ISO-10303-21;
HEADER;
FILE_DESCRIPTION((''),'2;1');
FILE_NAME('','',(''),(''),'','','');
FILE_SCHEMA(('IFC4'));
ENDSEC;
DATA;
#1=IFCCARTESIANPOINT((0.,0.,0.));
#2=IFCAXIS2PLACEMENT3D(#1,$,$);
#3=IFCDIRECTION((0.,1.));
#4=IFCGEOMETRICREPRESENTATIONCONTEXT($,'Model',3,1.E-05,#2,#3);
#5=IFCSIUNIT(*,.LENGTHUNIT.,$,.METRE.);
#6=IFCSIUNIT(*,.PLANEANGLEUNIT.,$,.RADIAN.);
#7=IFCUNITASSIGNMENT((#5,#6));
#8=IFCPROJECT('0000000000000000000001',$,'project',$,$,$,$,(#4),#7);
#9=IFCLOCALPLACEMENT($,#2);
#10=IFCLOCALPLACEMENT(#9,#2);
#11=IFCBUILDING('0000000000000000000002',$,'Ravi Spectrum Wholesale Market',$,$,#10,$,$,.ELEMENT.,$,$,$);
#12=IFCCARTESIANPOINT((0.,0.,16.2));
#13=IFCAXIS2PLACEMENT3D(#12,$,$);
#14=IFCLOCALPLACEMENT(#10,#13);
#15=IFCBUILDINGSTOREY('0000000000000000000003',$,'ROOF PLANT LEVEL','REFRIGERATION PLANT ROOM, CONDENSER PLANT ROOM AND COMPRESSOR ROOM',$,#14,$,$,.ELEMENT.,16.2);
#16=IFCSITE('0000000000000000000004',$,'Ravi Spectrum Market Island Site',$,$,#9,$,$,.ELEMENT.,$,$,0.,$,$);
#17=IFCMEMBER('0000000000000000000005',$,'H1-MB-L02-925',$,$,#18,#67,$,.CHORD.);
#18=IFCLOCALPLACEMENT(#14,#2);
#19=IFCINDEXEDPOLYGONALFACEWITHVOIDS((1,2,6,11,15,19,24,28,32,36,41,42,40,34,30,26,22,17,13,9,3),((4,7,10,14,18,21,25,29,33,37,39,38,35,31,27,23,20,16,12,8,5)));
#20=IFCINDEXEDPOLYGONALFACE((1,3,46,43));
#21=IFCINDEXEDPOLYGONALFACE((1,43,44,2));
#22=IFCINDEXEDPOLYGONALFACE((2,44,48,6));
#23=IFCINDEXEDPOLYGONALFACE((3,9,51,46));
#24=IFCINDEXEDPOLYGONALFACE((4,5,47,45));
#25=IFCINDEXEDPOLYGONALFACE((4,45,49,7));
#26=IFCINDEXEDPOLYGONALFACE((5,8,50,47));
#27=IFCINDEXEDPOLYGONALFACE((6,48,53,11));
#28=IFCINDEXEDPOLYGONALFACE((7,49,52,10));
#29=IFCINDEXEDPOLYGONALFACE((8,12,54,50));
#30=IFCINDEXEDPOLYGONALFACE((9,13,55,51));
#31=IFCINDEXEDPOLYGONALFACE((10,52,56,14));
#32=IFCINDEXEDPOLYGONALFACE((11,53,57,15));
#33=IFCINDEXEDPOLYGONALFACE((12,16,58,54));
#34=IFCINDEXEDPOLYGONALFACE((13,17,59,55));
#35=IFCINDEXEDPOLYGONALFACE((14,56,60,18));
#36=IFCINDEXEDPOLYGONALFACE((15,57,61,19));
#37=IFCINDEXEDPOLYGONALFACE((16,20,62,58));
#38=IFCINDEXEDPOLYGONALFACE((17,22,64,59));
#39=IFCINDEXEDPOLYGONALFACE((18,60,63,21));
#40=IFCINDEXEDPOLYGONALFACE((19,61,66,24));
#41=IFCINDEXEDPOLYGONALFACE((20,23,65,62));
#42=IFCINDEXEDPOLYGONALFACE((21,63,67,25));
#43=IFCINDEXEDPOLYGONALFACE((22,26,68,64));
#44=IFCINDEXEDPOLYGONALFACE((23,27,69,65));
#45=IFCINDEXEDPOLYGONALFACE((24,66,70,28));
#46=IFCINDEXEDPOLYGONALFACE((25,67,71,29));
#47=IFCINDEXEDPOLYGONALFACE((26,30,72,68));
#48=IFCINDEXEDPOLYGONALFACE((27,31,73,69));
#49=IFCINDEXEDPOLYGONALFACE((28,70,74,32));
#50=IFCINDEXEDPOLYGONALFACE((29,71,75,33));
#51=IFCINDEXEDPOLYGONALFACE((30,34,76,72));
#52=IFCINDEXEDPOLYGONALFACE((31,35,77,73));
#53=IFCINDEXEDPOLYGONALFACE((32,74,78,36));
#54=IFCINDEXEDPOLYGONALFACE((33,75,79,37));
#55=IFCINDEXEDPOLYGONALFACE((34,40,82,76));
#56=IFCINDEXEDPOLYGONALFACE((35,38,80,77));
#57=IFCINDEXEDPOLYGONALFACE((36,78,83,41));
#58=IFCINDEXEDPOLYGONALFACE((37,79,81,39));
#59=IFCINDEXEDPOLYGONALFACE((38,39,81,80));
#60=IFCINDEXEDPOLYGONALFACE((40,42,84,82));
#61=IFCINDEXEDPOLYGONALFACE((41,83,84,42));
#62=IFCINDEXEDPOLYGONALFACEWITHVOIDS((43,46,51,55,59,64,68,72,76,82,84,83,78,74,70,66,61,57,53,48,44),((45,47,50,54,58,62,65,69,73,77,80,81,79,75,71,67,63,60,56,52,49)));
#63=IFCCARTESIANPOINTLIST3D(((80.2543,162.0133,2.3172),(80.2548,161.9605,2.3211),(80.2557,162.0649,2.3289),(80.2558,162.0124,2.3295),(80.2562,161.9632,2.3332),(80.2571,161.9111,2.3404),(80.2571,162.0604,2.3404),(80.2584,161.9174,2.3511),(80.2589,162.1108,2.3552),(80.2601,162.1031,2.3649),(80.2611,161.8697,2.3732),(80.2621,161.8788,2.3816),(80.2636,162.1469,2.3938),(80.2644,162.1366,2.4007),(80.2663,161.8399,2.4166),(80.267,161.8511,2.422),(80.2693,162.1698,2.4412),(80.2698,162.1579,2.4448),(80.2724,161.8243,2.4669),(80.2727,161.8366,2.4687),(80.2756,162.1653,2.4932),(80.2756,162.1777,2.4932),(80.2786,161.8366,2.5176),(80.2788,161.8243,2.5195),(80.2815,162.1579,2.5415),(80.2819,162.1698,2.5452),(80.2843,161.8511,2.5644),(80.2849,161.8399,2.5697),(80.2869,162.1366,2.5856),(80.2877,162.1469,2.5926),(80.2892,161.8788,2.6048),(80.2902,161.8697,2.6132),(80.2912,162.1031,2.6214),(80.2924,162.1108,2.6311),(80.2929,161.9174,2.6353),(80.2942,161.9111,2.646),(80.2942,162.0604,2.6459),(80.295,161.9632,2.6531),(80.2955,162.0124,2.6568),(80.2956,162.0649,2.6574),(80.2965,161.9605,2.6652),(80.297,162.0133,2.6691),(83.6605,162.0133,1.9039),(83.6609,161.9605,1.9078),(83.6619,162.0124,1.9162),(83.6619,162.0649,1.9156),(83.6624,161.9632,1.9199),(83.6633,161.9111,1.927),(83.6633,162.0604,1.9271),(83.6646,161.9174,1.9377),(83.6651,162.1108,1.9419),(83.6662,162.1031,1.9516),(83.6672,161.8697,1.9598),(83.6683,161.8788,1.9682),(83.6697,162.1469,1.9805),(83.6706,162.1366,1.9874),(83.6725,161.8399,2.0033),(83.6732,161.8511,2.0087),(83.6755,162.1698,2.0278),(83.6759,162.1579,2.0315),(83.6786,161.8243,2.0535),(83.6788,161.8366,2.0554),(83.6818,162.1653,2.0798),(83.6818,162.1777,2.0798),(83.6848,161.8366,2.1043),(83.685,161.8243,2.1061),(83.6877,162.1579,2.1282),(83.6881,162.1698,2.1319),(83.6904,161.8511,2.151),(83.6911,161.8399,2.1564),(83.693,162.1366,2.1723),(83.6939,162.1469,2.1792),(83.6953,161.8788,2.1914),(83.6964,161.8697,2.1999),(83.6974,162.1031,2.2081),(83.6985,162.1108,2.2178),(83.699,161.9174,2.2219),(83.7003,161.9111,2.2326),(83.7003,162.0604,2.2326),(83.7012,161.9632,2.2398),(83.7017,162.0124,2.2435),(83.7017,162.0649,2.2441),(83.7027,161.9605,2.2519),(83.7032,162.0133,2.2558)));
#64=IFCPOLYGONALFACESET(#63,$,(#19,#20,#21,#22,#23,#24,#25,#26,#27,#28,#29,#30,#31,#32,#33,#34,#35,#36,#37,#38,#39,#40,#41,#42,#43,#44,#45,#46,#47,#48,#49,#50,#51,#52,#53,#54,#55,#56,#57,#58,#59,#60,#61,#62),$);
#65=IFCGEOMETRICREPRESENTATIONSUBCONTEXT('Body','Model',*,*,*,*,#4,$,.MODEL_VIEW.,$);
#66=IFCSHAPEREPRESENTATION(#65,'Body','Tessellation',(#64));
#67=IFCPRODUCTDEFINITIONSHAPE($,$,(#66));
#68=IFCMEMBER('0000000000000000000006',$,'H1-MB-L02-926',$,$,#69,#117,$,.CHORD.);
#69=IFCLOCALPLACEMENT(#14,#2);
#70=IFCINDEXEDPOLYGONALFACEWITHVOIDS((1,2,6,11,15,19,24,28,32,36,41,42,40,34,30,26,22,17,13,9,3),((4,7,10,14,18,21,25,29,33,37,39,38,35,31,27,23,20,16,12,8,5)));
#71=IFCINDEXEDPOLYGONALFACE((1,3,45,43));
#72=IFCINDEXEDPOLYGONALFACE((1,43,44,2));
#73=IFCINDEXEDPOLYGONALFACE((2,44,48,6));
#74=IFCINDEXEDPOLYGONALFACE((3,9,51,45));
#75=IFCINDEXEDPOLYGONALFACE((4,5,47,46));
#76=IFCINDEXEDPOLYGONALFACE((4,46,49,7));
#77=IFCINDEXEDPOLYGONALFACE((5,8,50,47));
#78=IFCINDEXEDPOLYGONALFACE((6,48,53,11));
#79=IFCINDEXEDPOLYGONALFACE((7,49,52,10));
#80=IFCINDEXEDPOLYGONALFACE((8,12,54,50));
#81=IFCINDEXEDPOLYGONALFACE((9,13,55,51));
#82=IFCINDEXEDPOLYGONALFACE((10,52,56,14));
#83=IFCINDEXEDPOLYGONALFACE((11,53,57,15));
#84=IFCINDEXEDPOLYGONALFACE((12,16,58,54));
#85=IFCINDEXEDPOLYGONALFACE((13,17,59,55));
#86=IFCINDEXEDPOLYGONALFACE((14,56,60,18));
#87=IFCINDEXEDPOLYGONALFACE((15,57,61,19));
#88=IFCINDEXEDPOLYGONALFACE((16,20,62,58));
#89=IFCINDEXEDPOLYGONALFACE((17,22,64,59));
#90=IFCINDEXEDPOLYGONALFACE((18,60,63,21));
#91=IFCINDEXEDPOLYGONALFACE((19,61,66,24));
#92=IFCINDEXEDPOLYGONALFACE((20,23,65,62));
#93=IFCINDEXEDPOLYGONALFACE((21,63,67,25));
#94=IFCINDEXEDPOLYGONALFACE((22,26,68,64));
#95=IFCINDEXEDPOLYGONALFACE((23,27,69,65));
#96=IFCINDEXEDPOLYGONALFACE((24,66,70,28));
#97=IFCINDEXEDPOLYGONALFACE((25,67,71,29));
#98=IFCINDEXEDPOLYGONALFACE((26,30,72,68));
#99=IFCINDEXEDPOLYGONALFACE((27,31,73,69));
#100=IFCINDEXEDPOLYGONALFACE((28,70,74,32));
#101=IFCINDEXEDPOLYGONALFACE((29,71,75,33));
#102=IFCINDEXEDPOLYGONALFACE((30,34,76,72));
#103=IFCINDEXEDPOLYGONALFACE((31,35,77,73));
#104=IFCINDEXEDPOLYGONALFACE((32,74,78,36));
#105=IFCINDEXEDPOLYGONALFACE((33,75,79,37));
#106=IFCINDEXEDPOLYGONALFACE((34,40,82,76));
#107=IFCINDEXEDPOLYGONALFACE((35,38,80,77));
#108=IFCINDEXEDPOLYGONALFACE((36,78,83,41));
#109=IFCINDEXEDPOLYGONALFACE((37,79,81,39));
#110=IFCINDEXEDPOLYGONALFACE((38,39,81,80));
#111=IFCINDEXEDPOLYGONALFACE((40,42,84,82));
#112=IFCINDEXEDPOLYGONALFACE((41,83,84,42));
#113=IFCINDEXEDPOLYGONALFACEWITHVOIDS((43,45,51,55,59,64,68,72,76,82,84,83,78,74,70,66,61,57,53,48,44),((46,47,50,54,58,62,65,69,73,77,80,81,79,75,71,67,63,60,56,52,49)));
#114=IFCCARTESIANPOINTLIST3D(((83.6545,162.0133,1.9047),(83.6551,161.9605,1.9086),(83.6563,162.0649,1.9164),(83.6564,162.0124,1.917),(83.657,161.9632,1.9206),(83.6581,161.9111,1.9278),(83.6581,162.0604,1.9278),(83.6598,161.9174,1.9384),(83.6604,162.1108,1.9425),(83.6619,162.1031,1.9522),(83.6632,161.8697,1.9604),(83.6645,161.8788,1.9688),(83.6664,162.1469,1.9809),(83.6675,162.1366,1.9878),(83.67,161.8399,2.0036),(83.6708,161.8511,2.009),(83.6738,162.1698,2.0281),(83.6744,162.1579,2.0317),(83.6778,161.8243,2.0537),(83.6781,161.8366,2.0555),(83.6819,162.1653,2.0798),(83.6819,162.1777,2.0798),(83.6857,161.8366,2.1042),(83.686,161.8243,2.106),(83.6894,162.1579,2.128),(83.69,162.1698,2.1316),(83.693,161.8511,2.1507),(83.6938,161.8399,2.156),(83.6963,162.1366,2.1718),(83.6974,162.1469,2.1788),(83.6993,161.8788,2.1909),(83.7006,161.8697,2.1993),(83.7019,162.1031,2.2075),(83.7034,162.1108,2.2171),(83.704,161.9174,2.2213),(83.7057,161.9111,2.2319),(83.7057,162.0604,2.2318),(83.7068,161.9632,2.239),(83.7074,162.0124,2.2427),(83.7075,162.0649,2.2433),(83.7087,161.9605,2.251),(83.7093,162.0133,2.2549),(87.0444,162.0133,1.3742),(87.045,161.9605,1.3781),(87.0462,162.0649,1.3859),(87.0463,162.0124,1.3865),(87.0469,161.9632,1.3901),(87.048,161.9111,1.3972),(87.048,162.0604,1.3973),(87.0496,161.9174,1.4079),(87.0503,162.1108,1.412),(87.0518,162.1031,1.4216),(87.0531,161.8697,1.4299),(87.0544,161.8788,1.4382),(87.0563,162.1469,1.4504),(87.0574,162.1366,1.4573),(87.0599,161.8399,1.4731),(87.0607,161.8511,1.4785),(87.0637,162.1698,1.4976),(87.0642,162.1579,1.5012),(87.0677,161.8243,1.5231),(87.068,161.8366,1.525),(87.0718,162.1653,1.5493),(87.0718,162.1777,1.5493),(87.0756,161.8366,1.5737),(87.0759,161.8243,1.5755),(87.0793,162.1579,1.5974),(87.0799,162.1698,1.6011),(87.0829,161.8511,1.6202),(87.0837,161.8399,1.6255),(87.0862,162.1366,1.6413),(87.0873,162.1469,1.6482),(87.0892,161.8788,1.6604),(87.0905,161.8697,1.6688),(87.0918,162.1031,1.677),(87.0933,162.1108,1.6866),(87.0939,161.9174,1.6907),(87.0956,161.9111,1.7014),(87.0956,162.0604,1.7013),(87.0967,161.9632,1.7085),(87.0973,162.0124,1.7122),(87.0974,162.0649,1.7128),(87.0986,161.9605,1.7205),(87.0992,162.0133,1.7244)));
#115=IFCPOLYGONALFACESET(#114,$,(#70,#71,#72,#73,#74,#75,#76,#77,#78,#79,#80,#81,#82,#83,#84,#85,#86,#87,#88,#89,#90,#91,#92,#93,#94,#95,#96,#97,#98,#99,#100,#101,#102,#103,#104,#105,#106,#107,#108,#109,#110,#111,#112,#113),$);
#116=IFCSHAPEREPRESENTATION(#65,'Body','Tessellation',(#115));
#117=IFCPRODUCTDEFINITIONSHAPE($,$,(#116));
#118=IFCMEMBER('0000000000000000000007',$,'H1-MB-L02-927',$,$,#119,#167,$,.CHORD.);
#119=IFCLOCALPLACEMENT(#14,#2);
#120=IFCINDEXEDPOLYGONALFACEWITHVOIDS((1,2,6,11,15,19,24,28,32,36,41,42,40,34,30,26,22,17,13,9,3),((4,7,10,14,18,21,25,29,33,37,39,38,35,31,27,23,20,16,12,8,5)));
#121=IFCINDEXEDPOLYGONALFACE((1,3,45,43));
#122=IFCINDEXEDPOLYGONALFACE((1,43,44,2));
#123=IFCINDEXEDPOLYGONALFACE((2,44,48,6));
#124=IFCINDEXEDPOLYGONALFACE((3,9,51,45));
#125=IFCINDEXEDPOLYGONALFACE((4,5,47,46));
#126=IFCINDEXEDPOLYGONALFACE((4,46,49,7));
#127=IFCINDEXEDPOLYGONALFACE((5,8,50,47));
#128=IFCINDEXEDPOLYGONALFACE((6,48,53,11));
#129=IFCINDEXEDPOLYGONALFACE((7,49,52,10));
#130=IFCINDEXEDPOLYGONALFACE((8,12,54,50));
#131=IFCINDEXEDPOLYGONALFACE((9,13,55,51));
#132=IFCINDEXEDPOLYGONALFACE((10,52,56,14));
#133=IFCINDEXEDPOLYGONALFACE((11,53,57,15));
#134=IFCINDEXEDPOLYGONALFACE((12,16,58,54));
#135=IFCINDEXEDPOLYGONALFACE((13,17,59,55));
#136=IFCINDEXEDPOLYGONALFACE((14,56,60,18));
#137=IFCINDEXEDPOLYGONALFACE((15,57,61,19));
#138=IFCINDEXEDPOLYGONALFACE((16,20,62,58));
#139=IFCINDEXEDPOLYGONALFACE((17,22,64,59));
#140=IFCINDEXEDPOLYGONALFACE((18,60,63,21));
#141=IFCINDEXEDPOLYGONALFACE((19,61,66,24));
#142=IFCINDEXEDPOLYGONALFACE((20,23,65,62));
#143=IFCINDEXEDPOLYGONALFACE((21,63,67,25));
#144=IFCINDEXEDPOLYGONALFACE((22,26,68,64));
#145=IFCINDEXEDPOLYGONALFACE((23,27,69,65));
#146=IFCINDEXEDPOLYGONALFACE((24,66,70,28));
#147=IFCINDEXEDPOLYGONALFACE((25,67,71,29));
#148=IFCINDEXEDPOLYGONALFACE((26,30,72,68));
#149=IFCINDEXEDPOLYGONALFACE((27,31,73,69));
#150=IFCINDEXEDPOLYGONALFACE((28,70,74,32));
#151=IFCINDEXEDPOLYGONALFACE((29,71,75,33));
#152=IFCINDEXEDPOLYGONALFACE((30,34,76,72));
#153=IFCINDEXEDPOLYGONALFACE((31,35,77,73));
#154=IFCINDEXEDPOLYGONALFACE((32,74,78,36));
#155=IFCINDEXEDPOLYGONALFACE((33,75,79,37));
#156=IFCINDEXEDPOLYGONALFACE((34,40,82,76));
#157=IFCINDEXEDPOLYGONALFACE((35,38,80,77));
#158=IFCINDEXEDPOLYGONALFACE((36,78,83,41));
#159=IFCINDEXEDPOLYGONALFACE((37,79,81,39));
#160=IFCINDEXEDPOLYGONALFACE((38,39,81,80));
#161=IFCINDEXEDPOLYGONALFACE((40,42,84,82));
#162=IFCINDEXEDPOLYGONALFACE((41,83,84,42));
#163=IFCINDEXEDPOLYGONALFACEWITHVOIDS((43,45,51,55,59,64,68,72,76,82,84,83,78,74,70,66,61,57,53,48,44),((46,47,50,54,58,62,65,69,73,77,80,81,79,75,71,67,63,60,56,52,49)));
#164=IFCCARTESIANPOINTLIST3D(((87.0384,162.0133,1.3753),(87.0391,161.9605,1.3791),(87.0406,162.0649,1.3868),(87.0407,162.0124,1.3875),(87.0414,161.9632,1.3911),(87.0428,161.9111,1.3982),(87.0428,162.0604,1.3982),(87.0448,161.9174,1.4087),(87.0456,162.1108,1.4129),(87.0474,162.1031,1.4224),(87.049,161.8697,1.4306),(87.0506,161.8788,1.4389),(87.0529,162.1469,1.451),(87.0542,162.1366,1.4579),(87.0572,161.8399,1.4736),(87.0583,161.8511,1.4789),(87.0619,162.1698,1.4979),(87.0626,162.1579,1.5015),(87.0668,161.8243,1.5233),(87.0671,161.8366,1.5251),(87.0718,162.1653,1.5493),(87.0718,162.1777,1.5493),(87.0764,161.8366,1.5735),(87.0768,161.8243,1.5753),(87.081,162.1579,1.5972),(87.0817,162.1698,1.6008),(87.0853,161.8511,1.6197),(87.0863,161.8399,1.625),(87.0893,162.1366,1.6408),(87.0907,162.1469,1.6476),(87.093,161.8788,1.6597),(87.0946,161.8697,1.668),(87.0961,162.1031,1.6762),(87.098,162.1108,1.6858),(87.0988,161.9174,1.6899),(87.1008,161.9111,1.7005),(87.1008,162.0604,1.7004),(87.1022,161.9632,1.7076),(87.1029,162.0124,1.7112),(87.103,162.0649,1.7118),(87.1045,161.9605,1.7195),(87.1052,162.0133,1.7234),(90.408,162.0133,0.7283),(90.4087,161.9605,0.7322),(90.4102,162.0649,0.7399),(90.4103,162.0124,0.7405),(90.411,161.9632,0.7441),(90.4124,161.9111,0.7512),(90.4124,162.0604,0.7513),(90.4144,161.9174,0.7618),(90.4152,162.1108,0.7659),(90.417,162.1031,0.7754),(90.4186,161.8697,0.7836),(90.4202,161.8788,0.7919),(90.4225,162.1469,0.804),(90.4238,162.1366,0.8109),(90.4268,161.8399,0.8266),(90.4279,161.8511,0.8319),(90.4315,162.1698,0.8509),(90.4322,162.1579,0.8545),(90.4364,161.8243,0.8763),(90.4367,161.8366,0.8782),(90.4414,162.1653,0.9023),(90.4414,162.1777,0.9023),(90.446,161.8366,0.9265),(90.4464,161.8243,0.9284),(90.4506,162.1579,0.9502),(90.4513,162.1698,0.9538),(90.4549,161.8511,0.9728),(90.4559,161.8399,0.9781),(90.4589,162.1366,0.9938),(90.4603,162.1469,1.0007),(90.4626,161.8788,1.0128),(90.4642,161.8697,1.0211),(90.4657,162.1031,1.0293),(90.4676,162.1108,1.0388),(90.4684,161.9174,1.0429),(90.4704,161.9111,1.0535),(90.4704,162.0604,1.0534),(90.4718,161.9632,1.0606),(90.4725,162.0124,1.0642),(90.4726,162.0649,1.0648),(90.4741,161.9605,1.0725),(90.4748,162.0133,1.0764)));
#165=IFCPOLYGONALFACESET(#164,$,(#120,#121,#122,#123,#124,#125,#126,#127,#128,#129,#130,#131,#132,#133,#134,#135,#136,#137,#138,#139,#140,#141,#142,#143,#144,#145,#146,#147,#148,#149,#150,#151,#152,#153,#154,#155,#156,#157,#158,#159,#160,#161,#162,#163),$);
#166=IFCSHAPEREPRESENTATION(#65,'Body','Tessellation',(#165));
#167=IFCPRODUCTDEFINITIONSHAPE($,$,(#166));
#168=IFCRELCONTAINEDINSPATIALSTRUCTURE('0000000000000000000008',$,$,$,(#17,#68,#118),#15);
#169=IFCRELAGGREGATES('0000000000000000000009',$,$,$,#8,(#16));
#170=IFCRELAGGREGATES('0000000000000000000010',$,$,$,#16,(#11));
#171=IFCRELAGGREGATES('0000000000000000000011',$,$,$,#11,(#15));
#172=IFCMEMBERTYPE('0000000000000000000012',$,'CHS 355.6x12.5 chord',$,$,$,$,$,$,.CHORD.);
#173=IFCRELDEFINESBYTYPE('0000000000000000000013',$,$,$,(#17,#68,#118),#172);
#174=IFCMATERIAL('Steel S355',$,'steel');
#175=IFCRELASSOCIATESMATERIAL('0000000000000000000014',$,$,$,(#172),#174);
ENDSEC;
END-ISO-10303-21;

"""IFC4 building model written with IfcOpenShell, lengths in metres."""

from ifc_helpers import new_model, si_unit, direction, frame, origin, origin_2d, place, context, subcontext, project, spatial, hollow_circle, extrude, material, material_profile, profile_set, type_object, element, save


model = new_model("IFC4")

# Units and contexts
model_context = context("Model", 3, precision=1e-05, world=origin(), true_north=direction((0.0, 1.0)))
body_context = subcontext(model_context, "Body", "Model", "MODEL_VIEW")
ifc_project = project(units=[si_unit("LENGTHUNIT", "METRE"), si_unit("PLANEANGLEUNIT", "RADIAN")], contexts=[model_context])

# Site, building, storey
site_placement = place(None, origin())
site = spatial("IfcSite", under=ifc_project, at=site_placement, Name="Ravi Spectrum Market Island Site", CompositionType="ELEMENT", RefElevation=0.0)
building_placement = place(site_placement, origin())
building = spatial("IfcBuilding", under=site, at=building_placement, Name="Ravi Spectrum Wholesale Market", CompositionType="ELEMENT")
storey_placement = place(building_placement, frame((0.0, 0.0, 16.2)))
storey = spatial("IfcBuildingStorey", under=building, at=storey_placement, Name="ROOF PLANT LEVEL", Description="REFRIGERATION PLANT ROOM, CONDENSER PLANT ROOM AND COMPRESSOR ROOM", CompositionType="ELEMENT", Elevation=16.2)

# Members
ifc_material_1 = material(Name="Steel S355", Category="steel")
ifc_material_profile_1 = material_profile(ifc_material_1, hollow_circle(Radius=0.1777, WallThickness=0.0125, at=origin_2d()))
ifc_profile_set_1 = profile_set([ifc_material_profile_1], Name="Steel S355")
member_type_1 = type_object("IfcMemberType", Name="CHS 355.6x12.5 chord", PredefinedType="CHORD", material=ifc_profile_set_1)
for number, where, z_axis, x_axis, name in (
    (1, (80.2756, 162.0, 2.4932), (0.992718, 0.0, -0.120461), (0.0, 1.0, 0.0), "H1-MB-L02-925"),
    (2, (83.6819, 162.0, 2.0798), (0.987974, 0.0, -0.154618), (0.0, 1.0, 0.0), "H1-MB-L02-926"),
    (3, (87.0718, 162.0, 1.5493), (0.982062, 0.0, -0.188557), (0.0, 1.0, 0.0), "H1-MB-L02-927"),
):
    element("IfcMember", number, at=place(storey_placement, frame(where, z_axis=z_axis, x_axis=x_axis)), inside=storey, type_object=member_type_1, Name=name, PredefinedType="CHORD", context=body_context, shape_type="SweptSolid", body=[
        extrude(hollow_circle(Radius=0.1777, WallThickness=0.0125, at=origin_2d()), origin(), (0.0, 0.0, 1.0), 3.4312),
    ])

save(model, "model.ifc")
